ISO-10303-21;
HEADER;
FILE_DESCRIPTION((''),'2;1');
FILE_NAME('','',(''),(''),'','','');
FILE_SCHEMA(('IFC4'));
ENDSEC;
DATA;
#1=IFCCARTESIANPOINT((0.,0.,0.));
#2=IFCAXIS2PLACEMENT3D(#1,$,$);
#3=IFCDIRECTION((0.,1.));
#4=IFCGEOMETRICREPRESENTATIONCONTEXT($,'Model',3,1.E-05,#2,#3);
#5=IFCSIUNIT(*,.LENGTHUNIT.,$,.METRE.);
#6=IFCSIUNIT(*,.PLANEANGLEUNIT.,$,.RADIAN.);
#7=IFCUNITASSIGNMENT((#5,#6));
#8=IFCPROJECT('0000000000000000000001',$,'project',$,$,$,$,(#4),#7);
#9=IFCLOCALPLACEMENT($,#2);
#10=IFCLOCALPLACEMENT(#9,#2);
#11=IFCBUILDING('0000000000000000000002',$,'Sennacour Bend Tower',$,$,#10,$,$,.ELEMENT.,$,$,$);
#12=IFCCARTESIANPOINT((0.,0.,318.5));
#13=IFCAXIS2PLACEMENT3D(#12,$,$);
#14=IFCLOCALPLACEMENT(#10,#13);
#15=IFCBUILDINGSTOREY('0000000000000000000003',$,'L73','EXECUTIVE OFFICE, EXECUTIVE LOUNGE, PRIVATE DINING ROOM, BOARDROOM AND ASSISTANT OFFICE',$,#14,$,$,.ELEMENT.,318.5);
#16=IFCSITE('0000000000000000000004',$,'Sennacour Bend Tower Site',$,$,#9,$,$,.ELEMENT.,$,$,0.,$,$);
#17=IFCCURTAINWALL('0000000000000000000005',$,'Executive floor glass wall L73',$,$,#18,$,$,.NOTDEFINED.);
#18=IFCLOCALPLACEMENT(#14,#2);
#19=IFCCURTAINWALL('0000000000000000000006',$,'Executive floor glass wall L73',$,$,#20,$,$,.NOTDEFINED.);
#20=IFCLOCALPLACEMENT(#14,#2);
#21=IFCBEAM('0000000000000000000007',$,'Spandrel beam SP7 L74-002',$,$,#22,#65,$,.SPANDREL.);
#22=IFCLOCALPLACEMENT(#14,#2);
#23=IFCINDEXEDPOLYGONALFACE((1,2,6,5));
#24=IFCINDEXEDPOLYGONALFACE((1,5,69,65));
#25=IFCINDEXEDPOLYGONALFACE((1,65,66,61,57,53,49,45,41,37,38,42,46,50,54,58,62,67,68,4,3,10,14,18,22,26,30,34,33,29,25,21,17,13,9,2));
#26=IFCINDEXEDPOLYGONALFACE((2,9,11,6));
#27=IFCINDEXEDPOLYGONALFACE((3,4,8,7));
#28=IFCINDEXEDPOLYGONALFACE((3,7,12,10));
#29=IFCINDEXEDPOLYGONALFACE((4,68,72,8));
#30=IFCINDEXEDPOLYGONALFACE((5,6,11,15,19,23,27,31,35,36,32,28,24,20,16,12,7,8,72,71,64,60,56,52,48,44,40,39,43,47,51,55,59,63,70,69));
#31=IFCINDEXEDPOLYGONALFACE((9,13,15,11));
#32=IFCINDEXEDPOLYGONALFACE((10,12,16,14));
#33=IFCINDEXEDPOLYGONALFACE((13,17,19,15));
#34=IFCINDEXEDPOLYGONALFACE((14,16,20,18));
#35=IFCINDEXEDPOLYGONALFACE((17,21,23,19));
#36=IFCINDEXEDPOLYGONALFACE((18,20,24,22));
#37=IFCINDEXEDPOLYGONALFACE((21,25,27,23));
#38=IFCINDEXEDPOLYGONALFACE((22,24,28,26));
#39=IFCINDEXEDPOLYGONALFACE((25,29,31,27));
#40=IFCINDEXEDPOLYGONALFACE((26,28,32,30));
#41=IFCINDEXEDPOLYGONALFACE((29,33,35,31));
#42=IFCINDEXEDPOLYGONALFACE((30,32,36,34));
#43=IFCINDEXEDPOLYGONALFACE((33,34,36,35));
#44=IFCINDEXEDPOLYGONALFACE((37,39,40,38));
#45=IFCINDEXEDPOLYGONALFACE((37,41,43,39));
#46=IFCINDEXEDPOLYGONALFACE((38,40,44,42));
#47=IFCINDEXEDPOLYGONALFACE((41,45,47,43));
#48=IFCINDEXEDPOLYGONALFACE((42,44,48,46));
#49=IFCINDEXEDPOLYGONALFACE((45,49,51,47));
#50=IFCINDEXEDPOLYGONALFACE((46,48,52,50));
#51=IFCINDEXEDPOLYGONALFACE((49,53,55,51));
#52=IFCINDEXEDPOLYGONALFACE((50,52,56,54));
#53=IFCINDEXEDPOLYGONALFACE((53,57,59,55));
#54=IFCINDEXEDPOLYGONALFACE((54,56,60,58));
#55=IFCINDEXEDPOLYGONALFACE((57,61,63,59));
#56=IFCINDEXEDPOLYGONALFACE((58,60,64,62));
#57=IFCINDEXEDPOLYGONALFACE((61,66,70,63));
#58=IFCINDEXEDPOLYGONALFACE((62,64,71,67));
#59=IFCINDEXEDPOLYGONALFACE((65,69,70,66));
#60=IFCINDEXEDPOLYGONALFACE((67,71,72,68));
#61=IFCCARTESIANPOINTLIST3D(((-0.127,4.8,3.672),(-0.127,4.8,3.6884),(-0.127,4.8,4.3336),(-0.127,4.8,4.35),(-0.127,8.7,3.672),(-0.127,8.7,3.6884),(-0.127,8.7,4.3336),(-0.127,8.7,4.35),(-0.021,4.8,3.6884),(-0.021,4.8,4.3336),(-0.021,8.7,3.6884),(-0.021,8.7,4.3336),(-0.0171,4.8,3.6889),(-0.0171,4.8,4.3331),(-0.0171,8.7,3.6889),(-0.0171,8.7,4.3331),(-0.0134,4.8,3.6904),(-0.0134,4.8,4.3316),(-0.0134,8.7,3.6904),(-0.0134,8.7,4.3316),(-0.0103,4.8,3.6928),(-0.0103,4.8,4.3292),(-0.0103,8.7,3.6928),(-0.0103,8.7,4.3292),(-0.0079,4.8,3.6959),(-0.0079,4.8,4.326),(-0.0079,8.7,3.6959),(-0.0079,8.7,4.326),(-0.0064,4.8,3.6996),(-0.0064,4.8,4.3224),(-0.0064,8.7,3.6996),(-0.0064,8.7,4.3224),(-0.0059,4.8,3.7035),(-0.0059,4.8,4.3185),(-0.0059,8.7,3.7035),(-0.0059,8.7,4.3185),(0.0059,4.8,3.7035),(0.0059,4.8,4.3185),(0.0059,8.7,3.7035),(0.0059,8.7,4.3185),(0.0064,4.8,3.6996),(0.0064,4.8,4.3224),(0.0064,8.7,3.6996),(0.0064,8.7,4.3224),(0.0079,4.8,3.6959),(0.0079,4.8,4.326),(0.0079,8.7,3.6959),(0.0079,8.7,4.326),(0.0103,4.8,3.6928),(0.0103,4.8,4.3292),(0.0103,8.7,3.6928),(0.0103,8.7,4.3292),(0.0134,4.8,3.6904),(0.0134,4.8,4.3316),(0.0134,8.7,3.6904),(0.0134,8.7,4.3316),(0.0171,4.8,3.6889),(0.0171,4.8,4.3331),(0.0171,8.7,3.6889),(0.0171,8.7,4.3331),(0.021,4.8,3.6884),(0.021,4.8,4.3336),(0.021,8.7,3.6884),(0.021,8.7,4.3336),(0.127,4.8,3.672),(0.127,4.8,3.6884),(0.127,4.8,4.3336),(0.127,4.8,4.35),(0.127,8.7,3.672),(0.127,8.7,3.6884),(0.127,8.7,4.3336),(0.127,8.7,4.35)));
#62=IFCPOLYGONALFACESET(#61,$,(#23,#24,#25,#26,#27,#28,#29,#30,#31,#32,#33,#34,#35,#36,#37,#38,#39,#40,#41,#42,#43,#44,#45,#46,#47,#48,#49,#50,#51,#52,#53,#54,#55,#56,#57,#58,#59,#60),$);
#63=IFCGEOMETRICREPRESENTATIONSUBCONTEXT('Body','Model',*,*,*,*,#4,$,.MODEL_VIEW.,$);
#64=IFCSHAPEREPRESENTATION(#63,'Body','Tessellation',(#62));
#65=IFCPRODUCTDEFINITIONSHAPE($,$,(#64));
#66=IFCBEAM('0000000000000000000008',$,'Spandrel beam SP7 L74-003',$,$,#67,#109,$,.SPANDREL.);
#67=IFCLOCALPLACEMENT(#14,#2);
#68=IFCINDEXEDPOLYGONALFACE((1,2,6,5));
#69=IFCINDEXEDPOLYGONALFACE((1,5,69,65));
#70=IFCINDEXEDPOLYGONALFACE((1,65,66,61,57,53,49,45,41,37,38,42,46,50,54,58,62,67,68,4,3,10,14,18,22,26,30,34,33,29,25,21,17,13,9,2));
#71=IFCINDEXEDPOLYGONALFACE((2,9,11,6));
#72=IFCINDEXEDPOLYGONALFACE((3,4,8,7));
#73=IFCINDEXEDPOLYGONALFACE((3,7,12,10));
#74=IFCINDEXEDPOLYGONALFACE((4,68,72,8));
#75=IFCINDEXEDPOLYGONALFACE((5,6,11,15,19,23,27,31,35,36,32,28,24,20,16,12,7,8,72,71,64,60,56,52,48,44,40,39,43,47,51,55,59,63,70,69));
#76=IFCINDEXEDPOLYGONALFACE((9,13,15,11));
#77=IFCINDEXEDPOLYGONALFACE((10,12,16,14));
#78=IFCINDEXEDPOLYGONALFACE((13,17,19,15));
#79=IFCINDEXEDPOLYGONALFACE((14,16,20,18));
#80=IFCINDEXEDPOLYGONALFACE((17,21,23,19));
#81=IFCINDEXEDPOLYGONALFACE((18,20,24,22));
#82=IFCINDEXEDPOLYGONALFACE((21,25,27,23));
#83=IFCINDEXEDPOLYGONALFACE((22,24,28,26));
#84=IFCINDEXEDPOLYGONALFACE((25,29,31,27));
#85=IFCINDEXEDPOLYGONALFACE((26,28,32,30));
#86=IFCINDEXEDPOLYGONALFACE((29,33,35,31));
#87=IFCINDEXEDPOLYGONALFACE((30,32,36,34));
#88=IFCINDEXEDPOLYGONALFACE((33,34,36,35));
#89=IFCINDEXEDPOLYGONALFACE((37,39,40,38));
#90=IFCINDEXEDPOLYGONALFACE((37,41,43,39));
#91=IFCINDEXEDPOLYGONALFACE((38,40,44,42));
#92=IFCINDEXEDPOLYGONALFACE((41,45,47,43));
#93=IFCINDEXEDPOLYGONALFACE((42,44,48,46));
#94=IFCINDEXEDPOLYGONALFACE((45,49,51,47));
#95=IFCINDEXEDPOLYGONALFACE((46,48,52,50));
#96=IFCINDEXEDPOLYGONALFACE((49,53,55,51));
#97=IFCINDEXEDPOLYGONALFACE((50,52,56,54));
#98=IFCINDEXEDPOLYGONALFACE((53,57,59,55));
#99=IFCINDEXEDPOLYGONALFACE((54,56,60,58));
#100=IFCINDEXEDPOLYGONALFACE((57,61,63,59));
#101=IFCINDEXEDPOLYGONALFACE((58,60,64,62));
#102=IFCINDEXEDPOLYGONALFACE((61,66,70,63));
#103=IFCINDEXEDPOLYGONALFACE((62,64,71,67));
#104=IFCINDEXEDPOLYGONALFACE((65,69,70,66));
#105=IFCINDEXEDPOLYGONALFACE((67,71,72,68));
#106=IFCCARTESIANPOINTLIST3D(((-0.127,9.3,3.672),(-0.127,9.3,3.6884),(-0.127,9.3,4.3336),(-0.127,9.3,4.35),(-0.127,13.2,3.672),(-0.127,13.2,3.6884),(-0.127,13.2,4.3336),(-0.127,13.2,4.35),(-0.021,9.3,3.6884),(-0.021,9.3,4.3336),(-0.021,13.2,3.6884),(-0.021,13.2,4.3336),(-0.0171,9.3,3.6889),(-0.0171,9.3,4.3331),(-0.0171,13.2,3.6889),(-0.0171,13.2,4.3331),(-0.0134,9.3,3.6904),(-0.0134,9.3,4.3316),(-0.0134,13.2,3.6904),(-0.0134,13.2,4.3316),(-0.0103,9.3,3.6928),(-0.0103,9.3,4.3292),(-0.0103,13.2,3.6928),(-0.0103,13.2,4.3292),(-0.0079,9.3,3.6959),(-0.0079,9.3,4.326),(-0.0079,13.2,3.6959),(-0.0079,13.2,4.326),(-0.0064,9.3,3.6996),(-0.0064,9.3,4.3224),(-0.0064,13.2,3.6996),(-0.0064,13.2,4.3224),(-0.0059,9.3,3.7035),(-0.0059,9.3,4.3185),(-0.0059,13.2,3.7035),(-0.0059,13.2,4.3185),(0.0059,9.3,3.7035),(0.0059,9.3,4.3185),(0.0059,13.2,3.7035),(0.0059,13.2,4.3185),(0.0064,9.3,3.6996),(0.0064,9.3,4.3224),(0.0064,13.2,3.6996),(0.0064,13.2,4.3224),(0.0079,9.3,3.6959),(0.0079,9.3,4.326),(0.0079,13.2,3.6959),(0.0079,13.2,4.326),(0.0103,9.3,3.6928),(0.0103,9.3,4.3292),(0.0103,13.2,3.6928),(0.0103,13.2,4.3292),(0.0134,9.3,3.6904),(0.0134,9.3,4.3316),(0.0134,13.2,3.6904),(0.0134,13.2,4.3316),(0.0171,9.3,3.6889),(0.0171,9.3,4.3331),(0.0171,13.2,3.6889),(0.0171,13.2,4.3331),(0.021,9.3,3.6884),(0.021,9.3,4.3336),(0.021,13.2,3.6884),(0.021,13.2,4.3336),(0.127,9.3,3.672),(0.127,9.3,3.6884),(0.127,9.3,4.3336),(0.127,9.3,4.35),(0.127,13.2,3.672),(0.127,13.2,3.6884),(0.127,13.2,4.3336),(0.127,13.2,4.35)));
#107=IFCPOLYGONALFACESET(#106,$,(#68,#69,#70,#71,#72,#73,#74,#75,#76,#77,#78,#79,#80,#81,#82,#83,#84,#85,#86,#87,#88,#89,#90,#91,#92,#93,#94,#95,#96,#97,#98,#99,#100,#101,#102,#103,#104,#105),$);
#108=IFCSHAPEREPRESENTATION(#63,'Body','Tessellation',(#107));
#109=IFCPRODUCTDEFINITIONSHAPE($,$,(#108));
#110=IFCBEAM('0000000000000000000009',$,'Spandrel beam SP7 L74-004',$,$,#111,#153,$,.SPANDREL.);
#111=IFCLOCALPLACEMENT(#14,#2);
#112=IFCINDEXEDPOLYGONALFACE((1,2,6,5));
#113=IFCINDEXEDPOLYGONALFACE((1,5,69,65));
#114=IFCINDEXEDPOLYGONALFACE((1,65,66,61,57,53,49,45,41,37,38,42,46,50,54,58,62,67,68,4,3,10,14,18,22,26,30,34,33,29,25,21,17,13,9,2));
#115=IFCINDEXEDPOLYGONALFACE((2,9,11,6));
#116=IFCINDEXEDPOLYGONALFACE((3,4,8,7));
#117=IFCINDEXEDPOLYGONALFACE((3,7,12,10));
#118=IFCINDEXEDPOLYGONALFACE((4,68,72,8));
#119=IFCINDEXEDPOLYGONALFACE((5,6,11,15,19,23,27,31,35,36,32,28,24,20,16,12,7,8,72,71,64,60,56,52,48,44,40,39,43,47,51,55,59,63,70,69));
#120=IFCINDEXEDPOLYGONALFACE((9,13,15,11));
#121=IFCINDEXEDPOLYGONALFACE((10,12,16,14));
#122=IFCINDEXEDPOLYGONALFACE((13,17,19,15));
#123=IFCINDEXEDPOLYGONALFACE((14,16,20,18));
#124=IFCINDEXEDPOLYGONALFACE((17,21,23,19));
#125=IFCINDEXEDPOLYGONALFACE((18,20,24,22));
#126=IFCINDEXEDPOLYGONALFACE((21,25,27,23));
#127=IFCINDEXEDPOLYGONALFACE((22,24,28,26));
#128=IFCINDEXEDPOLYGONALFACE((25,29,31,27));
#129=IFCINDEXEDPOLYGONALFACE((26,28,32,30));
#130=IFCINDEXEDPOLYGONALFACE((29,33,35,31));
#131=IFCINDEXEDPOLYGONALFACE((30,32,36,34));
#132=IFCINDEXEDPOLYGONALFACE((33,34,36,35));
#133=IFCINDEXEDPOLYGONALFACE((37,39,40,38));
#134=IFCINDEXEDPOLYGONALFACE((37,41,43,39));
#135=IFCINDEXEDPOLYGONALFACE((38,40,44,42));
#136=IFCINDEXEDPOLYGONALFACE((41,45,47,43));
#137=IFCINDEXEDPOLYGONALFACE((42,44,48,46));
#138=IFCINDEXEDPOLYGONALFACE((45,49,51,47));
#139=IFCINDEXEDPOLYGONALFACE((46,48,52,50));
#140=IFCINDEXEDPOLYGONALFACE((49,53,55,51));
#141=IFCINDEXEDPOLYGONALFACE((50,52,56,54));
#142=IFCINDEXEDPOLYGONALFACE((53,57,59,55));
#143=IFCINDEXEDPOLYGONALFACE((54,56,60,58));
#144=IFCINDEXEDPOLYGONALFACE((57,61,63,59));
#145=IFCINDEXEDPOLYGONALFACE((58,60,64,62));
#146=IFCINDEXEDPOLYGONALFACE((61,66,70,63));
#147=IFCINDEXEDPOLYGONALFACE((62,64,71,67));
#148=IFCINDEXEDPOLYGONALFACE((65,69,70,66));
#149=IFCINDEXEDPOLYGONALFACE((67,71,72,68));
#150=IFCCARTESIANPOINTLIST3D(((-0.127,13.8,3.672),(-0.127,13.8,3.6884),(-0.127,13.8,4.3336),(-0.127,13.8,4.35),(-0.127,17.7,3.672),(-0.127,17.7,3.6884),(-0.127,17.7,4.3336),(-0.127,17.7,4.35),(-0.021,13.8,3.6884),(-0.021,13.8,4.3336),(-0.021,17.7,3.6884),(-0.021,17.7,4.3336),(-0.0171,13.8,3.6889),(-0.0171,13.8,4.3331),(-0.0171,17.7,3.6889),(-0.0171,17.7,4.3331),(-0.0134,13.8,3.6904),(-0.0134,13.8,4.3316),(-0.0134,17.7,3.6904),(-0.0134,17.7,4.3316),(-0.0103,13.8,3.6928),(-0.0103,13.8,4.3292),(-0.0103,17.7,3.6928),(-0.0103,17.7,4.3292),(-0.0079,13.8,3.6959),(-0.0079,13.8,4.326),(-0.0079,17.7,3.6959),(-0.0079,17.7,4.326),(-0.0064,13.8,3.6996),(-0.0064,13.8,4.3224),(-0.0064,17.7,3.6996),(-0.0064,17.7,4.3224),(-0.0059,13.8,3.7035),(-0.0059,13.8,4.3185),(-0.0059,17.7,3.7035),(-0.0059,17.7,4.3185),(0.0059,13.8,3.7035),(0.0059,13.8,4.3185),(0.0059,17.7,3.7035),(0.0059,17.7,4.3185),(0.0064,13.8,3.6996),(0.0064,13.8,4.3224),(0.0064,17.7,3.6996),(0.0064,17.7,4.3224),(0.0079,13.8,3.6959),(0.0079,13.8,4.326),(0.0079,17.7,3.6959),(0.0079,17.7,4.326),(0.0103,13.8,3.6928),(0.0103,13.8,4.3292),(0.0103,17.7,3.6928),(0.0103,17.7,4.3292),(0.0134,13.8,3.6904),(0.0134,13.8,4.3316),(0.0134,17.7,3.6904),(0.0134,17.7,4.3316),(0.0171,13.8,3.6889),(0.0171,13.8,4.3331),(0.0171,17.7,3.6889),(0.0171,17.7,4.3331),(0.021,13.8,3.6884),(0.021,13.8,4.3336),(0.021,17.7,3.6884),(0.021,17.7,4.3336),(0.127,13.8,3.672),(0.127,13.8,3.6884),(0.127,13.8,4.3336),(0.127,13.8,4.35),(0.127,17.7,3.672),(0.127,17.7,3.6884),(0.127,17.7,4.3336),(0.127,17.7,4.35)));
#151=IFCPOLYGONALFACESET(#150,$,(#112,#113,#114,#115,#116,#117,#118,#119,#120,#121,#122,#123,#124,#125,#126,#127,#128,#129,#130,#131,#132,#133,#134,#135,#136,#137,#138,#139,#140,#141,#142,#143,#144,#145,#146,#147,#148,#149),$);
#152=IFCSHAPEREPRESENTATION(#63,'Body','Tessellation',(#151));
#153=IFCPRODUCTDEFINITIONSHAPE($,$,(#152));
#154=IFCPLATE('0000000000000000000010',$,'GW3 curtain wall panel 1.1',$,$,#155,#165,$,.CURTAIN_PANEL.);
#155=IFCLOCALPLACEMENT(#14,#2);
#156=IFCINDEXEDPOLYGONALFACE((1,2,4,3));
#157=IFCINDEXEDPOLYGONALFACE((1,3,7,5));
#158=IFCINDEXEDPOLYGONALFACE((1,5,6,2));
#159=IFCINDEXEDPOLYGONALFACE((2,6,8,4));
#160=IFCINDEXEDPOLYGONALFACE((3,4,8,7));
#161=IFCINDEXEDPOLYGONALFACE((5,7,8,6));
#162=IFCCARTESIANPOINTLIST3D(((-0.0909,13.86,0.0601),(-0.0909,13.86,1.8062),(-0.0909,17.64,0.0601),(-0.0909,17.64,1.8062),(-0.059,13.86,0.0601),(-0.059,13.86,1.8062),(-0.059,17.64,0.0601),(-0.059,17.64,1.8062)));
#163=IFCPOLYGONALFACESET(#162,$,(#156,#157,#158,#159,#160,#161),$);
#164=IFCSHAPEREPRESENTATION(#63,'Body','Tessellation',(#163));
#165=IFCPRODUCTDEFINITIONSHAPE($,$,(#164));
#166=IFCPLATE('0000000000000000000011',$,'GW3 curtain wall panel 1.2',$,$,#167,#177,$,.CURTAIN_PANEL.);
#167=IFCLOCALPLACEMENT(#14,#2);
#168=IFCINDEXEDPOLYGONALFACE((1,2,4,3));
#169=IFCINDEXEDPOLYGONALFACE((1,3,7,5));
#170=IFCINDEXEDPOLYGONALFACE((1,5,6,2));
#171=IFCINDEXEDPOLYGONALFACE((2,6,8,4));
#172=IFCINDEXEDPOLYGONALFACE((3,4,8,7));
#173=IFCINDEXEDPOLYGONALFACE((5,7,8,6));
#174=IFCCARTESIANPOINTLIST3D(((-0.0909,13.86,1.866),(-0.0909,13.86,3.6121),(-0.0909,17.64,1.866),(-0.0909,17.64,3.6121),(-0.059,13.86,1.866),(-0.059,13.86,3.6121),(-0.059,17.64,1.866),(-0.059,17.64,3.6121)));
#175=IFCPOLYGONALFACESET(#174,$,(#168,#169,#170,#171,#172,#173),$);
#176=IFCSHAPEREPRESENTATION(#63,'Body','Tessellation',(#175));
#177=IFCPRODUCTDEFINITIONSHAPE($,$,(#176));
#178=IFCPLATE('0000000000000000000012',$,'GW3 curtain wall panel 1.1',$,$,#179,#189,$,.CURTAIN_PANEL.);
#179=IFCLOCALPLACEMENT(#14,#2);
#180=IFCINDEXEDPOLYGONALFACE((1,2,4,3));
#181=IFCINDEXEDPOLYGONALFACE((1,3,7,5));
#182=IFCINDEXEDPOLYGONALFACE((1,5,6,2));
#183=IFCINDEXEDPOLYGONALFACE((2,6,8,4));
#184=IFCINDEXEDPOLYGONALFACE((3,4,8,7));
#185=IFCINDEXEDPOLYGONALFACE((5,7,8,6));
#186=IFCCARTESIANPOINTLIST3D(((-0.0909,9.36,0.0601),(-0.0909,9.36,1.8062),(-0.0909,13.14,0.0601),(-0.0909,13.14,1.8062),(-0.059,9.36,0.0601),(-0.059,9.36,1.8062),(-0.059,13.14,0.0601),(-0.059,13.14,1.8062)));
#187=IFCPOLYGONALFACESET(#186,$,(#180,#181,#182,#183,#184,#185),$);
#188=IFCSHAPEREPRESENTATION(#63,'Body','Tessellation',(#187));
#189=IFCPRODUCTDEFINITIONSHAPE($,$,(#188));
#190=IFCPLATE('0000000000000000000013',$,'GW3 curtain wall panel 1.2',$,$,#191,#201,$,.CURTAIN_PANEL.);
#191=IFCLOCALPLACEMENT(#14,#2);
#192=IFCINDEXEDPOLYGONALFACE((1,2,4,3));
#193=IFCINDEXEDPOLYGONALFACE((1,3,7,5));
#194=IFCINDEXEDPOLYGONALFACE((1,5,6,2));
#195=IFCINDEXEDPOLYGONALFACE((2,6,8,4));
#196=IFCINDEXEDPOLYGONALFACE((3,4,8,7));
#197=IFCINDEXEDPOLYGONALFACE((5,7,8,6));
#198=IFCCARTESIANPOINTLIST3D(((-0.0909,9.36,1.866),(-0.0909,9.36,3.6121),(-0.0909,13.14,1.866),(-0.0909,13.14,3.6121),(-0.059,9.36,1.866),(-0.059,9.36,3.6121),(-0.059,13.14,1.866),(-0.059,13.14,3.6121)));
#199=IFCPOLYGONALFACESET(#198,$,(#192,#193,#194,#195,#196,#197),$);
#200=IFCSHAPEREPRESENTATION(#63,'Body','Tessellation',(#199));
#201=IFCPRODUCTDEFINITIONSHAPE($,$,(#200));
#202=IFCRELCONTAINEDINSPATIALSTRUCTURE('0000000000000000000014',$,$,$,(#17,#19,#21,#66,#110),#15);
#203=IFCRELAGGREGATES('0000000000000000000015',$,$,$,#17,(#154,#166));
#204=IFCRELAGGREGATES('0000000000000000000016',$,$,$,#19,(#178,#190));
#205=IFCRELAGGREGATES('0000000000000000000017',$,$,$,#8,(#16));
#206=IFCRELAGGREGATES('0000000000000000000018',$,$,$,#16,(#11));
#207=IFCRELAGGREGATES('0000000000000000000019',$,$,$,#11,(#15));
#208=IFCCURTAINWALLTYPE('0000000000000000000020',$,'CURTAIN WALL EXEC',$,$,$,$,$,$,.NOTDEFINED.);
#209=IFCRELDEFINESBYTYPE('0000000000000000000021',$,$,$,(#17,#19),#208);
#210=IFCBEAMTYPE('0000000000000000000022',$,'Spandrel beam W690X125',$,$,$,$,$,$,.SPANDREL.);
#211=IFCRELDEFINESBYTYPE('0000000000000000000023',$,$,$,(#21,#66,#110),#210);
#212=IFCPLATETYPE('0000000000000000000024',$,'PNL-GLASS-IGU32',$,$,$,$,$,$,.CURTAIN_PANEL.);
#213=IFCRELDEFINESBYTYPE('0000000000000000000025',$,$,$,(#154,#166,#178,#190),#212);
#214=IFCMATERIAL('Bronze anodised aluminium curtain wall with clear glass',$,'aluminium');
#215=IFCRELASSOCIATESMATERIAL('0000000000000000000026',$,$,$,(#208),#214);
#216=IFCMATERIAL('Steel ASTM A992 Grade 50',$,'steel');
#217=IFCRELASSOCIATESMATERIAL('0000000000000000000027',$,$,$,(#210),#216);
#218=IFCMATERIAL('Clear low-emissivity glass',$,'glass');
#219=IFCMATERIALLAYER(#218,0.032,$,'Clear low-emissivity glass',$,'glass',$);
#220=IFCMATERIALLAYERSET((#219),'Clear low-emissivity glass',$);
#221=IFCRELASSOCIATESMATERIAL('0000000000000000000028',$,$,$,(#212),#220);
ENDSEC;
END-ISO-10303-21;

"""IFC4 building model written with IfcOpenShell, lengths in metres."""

from ifc_helpers import new_model, si_unit, direction, frame, origin, origin_2d, place, context, subcontext, project, spatial, rectangle, i_section, extrude, material, layer, layer_set, material_profile, profile_set, type_object, element, aggregate, save


model = new_model("IFC4")

# Units and contexts
model_context = context("Model", 3, precision=1e-05, world=origin(), true_north=direction((0.0, 1.0)))
body_context = subcontext(model_context, "Body", "Model", "MODEL_VIEW")
ifc_project = project(units=[si_unit("LENGTHUNIT", "METRE"), si_unit("PLANEANGLEUNIT", "RADIAN")], contexts=[model_context])

# Site, building, storey
site_placement = place(None, origin())
site = spatial("IfcSite", under=ifc_project, at=site_placement, Name="Sennacour Bend Tower Site", CompositionType="ELEMENT", RefElevation=0.0)
building_placement = place(site_placement, origin())
building = spatial("IfcBuilding", under=site, at=building_placement, Name="Sennacour Bend Tower", CompositionType="ELEMENT")
storey_placement = place(building_placement, frame((0.0, 0.0, 318.5)))
storey = spatial("IfcBuildingStorey", under=building, at=storey_placement, Name="L73", Description="EXECUTIVE OFFICE, EXECUTIVE LOUNGE, PRIVATE DINING ROOM, BOARDROOM AND ASSISTANT OFFICE", CompositionType="ELEMENT", Elevation=318.5)

# Curtain wall
ifc_material_1 = material(Name="Bronze anodised aluminium curtain wall with clear glass", Category="aluminium")
curtain_wall_type = type_object("IfcCurtainWallType", Name="CURTAIN WALL EXEC", PredefinedType="NOTDEFINED", material=ifc_material_1)
curtain_wall_1_placement = place(storey_placement, origin())
curtain_wall_1 = element("IfcCurtainWall", 1, at=curtain_wall_1_placement, inside=storey, type_object=curtain_wall_type, Name="Executive floor glass wall L73", PredefinedType="NOTDEFINED")

# Curtain wall
curtain_wall_2_placement = place(storey_placement, origin())
curtain_wall_2 = element("IfcCurtainWall", 2, at=curtain_wall_2_placement, inside=storey, type_object=curtain_wall_type, Name="Executive floor glass wall L73", PredefinedType="NOTDEFINED")

# Beams
ifc_material_2 = material(Name="Steel ASTM A992 Grade 50", Category="steel")
ifc_material_profile_1 = material_profile(ifc_material_2, i_section(OverallWidth=0.2539, OverallDepth=0.678, WebThickness=0.0117, FlangeThickness=0.0164, FilletRadius=0.0151, at=origin_2d()), Name="Steel ASTM A992 Grade 50", Category="steel")
ifc_profile_set_1 = profile_set([ifc_material_profile_1], Name="Steel ASTM A992 Grade 50")
beam_type = type_object("IfcBeamType", Name="Spandrel beam W690X125", PredefinedType="SPANDREL", material=ifc_profile_set_1)
for number, where, z_axis, x_axis, name in (
    (3, (0.0, 4.8, 4.011), (0.0, 1.0, 0.0), (-1.0, 0.0, 0.0), "Spandrel beam SP7 L74-002"),
    (4, (0.0, 9.3, 4.011), (0.0, 1.0, 0.0), (-1.0, 0.0, 0.0), "Spandrel beam SP7 L74-003"),
    (5, (0.0, 13.8, 4.011), (0.0, 1.0, 0.0), (-1.0, 0.0, 0.0), "Spandrel beam SP7 L74-004"),
):
    element("IfcBeam", number, at=place(storey_placement, frame(where, z_axis=z_axis, x_axis=x_axis)), inside=storey, type_object=beam_type, Name=name, PredefinedType="SPANDREL", context=body_context, shape_type="SweptSolid", body=[
        extrude(i_section(OverallWidth=0.2539, OverallDepth=0.678, WebThickness=0.0117, FlangeThickness=0.0164, FilletRadius=0.0151, at=origin_2d()), origin(), (0.0, 0.0, 1.0), 3.8999),
    ])

# Plates
ifc_material_3 = material(Name="Clear low-emissivity glass", Category="glass")
ifc_layer_1 = layer(ifc_material_3, 0.032, Name="Clear low-emissivity glass", Category="glass")
ifc_layer_set_1 = layer_set([ifc_layer_1], Name="Clear low-emissivity glass")
plate_type = type_object("IfcPlateType", Name="PNL-GLASS-IGU32", PredefinedType="CURTAIN_PANEL", material=ifc_layer_set_1)
plate_1_placement = place(storey_placement, frame((-0.075, 15.75, 0.0601), z_axis=(0.0, 0.0, 1.0), x_axis=(0.0, -1.0, 0.0)))
plate_1 = element("IfcPlate", 6, at=plate_1_placement, type_object=plate_type, Name="GW3 curtain wall panel 1.1", PredefinedType="CURTAIN_PANEL", context=body_context, shape_type="SweptSolid", body=[
    extrude(rectangle(XDim=3.78, YDim=0.032, at=origin_2d()), origin(), (0.0, 0.0, 1.0), 1.7461),
])
plate_2_placement = place(storey_placement, frame((-0.075, 15.75, 1.866), z_axis=(0.0, 0.0, 1.0), x_axis=(0.0, -1.0, 0.0)))
plate_2 = element("IfcPlate", 7, at=plate_2_placement, type_object=plate_type, Name="GW3 curtain wall panel 1.2", PredefinedType="CURTAIN_PANEL", context=body_context, shape_type="SweptSolid", body=[
    extrude(rectangle(XDim=3.78, YDim=0.032, at=origin_2d()), origin(), (0.0, 0.0, 1.0), 1.7461),
])
aggregate(curtain_wall_1, [plate_1, plate_2])
plate_3_placement = place(storey_placement, frame((-0.075, 11.25, 0.0601), z_axis=(0.0, 0.0, 1.0), x_axis=(0.0, -1.0, 0.0)))
plate_3 = element("IfcPlate", 8, at=plate_3_placement, type_object=plate_type, Name="GW3 curtain wall panel 1.1", PredefinedType="CURTAIN_PANEL", context=body_context, shape_type="SweptSolid", body=[
    extrude(rectangle(XDim=3.78, YDim=0.032, at=origin_2d()), origin(), (0.0, 0.0, 1.0), 1.7461),
])
plate_4_placement = place(storey_placement, frame((-0.075, 11.25, 1.866), z_axis=(0.0, 0.0, 1.0), x_axis=(0.0, -1.0, 0.0)))
plate_4 = element("IfcPlate", 9, at=plate_4_placement, type_object=plate_type, Name="GW3 curtain wall panel 1.2", PredefinedType="CURTAIN_PANEL", context=body_context, shape_type="SweptSolid", body=[
    extrude(rectangle(XDim=3.78, YDim=0.032, at=origin_2d()), origin(), (0.0, 0.0, 1.0), 1.7461),
])
aggregate(curtain_wall_2, [plate_3, plate_4])

save(model, "model.ifc")
